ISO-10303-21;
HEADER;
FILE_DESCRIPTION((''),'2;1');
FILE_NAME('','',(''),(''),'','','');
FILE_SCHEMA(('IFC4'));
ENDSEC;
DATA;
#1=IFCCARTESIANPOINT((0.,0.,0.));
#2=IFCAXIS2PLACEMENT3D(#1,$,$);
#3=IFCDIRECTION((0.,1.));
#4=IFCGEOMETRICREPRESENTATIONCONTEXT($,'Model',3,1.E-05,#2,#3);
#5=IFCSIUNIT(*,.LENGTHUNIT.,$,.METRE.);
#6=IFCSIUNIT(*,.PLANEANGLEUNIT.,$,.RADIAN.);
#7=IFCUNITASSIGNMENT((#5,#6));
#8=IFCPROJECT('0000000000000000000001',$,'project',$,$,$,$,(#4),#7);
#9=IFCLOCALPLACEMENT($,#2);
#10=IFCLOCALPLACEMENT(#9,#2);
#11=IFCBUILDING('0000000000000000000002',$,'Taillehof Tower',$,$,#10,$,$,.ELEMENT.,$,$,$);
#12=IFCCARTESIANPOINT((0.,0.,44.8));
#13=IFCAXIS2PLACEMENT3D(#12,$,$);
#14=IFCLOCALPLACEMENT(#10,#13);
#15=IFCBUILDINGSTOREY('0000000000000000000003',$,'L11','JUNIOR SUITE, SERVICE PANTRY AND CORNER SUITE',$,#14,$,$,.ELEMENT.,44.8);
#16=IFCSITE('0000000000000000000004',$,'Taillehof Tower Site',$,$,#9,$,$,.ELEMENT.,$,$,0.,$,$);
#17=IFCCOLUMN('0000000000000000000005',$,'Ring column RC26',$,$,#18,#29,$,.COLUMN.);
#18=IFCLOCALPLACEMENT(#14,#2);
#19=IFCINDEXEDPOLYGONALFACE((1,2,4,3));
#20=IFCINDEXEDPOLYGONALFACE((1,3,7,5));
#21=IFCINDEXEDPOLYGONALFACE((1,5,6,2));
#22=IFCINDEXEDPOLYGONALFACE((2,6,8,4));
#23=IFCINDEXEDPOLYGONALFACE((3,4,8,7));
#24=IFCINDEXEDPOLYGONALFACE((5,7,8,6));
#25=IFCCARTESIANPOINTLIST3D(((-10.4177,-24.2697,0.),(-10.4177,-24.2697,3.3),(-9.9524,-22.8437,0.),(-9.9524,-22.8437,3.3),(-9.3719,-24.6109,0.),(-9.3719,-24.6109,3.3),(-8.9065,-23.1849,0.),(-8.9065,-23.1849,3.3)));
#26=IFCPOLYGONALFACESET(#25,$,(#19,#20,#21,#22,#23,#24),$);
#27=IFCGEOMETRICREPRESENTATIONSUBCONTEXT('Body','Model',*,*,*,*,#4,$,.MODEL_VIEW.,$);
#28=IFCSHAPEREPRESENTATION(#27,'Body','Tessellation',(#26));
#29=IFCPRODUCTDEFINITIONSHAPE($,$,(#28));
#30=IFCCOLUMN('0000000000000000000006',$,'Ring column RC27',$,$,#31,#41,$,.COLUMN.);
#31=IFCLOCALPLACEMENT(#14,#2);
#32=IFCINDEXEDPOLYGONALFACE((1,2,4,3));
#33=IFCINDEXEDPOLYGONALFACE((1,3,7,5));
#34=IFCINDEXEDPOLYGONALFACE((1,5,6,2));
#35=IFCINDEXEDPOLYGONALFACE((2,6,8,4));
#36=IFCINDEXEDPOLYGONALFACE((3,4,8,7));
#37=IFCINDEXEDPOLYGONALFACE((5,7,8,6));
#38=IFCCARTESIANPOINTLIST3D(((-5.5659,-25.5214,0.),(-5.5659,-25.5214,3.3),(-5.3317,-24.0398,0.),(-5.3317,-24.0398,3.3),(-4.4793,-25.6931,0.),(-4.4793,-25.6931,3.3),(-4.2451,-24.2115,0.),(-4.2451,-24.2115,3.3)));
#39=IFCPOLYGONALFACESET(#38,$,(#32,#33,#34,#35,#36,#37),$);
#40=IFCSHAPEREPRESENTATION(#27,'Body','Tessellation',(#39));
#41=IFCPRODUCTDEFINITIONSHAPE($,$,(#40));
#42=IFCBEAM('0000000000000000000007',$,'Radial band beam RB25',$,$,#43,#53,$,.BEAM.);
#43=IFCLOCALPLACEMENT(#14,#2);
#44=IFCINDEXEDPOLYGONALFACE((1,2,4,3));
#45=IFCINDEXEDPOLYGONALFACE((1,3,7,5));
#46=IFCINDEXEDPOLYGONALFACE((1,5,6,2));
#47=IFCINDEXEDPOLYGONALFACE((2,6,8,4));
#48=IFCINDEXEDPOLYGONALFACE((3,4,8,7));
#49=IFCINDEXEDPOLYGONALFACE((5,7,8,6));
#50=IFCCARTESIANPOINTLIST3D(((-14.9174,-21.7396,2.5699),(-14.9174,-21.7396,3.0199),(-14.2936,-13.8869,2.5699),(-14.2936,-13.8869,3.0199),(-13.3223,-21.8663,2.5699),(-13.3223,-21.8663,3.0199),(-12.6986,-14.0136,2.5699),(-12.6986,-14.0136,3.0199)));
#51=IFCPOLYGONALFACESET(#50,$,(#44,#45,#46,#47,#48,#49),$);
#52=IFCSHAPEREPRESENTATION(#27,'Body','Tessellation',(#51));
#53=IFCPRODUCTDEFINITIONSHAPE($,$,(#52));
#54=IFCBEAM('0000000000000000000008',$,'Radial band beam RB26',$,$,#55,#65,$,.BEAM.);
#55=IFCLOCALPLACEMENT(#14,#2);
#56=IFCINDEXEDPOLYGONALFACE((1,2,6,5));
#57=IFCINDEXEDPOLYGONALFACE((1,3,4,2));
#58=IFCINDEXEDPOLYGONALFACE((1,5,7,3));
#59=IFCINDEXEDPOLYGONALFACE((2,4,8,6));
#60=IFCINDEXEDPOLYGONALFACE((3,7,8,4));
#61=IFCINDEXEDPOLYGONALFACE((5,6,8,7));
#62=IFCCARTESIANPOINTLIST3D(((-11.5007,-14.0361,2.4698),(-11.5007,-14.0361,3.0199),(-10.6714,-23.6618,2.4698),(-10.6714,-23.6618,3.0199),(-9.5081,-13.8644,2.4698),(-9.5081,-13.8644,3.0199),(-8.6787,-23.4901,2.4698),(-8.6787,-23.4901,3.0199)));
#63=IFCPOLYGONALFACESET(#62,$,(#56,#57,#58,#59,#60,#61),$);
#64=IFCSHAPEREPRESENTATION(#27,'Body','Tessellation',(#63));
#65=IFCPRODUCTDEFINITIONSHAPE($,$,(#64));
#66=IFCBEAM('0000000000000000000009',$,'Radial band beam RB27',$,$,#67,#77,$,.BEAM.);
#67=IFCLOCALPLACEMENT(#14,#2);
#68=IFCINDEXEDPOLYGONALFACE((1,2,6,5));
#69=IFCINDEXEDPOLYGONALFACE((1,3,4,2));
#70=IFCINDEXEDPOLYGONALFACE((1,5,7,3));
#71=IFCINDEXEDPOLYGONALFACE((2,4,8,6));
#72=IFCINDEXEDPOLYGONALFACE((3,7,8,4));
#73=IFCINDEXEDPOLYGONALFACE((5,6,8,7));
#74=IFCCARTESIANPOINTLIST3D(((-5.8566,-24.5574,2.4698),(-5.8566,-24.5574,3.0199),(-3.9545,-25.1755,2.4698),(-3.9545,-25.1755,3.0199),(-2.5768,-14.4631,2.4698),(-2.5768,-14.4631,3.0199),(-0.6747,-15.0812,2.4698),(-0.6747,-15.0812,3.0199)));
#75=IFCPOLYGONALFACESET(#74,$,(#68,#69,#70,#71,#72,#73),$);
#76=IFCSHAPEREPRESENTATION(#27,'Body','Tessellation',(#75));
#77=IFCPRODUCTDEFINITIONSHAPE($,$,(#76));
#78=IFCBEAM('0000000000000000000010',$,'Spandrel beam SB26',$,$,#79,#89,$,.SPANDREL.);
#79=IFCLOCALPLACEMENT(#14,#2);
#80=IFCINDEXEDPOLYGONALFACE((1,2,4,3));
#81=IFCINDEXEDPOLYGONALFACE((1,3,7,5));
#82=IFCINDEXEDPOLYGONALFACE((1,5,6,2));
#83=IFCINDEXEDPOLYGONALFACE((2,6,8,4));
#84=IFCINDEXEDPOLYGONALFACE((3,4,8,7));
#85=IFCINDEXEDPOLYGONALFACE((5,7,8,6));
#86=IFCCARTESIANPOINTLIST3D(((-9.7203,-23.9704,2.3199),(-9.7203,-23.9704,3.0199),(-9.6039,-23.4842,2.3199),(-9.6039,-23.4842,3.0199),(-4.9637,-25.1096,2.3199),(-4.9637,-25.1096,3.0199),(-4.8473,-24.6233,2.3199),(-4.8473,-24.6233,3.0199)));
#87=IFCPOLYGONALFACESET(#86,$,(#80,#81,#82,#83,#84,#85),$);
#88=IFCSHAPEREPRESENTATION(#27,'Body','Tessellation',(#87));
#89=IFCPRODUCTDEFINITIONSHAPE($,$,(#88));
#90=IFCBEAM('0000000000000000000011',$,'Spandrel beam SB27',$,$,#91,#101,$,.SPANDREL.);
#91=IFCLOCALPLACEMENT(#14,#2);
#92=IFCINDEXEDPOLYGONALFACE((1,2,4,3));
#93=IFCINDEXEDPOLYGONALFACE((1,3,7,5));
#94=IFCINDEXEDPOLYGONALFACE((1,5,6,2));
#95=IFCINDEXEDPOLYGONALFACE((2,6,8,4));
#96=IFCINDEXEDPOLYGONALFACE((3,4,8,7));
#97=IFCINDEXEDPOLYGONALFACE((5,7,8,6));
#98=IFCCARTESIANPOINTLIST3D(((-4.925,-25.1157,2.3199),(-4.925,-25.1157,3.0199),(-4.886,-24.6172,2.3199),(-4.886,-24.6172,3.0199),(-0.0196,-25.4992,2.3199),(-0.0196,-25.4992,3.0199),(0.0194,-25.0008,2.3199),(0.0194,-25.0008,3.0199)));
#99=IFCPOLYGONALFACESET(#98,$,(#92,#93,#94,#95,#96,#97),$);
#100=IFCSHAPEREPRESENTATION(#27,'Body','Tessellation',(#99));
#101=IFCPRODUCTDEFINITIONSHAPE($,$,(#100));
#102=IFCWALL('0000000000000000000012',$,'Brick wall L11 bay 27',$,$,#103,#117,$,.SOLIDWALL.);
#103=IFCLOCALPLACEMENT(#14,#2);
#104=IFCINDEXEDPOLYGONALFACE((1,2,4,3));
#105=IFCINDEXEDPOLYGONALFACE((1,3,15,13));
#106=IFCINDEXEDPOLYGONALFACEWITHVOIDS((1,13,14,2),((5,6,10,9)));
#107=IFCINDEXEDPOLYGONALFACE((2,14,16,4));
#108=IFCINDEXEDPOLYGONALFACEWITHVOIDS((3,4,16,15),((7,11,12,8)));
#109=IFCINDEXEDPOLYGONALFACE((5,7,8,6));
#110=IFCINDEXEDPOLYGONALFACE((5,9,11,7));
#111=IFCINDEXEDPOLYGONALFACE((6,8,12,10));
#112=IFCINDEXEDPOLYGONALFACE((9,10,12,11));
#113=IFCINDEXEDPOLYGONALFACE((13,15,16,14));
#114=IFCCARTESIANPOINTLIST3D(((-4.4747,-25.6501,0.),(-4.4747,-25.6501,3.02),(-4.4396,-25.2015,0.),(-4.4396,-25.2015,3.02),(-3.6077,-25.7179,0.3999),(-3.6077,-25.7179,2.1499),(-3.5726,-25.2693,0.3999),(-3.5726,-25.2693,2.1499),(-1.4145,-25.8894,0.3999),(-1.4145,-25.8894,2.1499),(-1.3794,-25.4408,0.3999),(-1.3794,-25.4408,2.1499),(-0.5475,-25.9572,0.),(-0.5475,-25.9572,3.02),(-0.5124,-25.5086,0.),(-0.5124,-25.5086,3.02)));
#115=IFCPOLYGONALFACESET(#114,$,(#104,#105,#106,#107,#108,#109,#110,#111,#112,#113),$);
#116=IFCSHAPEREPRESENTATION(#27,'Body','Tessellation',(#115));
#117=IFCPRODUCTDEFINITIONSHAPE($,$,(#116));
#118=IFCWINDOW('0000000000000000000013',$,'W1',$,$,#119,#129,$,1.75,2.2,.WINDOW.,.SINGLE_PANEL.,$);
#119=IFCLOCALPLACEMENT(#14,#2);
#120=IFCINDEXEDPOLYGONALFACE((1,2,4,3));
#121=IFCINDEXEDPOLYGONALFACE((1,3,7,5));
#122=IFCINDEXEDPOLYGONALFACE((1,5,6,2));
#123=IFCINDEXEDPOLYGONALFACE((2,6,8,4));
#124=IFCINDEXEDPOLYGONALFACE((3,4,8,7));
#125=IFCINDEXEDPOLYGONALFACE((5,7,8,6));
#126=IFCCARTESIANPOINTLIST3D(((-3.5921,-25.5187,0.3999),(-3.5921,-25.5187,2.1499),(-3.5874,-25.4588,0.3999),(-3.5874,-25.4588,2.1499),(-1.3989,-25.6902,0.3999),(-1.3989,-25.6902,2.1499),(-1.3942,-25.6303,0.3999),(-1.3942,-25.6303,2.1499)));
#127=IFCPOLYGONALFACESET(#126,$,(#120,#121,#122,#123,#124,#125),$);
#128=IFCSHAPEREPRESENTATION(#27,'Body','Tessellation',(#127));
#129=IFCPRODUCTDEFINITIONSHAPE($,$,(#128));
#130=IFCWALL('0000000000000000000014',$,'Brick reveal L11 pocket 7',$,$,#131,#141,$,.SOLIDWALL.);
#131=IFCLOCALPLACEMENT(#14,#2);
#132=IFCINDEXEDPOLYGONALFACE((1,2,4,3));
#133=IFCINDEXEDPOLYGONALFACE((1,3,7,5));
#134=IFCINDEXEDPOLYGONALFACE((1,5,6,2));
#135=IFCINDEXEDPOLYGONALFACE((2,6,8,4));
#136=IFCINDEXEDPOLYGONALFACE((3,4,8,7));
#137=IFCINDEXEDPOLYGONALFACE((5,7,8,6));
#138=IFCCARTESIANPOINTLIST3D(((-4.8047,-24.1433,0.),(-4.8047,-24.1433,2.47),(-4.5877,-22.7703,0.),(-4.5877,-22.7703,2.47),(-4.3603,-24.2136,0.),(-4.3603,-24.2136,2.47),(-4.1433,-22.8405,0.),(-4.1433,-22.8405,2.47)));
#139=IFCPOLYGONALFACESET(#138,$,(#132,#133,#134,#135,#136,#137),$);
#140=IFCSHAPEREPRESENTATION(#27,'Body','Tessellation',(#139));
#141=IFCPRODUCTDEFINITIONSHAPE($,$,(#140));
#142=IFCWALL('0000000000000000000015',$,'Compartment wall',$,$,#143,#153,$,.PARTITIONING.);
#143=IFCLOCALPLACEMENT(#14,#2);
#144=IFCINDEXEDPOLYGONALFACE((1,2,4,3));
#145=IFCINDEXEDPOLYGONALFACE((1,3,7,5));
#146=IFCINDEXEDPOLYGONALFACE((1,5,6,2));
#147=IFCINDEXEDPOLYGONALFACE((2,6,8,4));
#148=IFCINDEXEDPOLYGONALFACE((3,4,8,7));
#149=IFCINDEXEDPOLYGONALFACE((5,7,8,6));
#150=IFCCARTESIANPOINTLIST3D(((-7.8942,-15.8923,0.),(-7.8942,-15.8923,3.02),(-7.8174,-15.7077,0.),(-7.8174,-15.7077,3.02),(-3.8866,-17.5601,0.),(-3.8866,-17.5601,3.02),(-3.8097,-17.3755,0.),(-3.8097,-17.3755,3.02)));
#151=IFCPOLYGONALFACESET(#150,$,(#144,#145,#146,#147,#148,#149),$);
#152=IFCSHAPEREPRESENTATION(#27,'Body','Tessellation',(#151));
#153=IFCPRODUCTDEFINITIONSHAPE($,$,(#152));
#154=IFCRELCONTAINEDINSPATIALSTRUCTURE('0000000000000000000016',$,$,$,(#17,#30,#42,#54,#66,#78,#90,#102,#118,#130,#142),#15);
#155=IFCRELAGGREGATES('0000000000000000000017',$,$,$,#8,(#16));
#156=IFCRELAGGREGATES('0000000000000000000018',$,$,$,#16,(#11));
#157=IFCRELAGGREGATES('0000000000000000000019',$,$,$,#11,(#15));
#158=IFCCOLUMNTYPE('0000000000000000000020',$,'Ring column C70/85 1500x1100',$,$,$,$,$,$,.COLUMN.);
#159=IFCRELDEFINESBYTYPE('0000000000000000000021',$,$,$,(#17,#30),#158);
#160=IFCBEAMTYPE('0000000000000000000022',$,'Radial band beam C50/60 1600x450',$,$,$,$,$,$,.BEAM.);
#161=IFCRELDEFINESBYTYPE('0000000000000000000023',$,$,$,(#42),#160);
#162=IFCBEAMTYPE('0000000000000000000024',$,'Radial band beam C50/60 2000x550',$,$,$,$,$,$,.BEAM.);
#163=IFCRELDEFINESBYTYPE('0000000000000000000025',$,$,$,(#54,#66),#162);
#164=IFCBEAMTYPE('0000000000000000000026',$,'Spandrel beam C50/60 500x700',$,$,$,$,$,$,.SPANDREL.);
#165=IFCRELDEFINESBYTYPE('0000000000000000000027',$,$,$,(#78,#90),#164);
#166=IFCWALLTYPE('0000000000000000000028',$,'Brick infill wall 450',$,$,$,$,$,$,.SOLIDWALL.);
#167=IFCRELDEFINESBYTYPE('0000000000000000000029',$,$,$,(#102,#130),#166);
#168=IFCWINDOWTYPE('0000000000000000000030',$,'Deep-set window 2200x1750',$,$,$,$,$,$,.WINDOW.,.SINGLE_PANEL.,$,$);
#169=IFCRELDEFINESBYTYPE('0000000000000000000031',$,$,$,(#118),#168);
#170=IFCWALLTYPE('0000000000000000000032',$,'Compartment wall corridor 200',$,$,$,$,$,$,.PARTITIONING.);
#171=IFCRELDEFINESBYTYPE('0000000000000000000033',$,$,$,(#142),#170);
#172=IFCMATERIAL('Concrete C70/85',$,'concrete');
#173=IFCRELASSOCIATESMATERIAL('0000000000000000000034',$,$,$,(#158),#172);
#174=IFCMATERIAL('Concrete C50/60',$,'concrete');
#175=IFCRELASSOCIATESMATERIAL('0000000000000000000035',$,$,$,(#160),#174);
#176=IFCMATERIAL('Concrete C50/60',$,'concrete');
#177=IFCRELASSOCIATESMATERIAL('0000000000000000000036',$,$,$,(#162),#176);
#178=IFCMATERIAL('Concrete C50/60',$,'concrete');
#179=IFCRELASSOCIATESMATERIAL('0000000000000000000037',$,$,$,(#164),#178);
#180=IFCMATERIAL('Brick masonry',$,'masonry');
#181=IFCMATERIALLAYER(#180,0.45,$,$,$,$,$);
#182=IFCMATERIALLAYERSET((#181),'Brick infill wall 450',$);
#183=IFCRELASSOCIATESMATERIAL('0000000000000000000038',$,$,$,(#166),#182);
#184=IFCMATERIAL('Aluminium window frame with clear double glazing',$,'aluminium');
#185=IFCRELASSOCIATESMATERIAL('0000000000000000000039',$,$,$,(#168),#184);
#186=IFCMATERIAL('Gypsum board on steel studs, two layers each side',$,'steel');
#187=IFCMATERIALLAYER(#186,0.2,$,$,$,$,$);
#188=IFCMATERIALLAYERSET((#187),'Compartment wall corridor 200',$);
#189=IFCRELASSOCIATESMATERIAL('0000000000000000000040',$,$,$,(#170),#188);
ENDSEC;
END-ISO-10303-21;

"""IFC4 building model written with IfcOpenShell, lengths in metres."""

from ifc_helpers import new_model, si_unit, direction, frame, frame_2d, origin, origin_2d, place, context, subcontext, project, spatial, rectangle, extrude, material, layer, layer_set, material_profile, profile_set, type_object, element, fill, save


model = new_model("IFC4")

# Units and contexts
model_context = context("Model", 3, precision=1e-05, world=origin(), true_north=direction((0.0, 1.0)))
body_context = subcontext(model_context, "Body", "Model", "MODEL_VIEW")
ifc_project = project(units=[si_unit("LENGTHUNIT", "METRE"), si_unit("PLANEANGLEUNIT", "RADIAN")], contexts=[model_context])

# Site, building, storey
site_placement = place(None, origin())
site = spatial("IfcSite", under=ifc_project, at=site_placement, Name="Taillehof Tower Site", CompositionType="ELEMENT", RefElevation=0.0)
building_placement = place(site_placement, origin())
building = spatial("IfcBuilding", under=site, at=building_placement, Name="Taillehof Tower", CompositionType="ELEMENT")
storey_placement = place(building_placement, frame((0.0, 0.0, 44.8)))
storey = spatial("IfcBuildingStorey", under=building, at=storey_placement, Name="L11", Description="JUNIOR SUITE, SERVICE PANTRY AND CORNER SUITE", CompositionType="ELEMENT", Elevation=44.8)

# Columns
ifc_material_1 = material(Name="Concrete C70/85", Category="concrete")
ifc_material_profile_1 = material_profile(ifc_material_1, rectangle(XDim=1.5, YDim=1.1001, at=origin_2d()), Name="RC 1500x1100")
ifc_profile_set_1 = profile_set([ifc_material_profile_1], Name="Concrete C70/85")
column_type = type_object("IfcColumnType", Name="Ring column C70/85 1500x1100", PredefinedType="COLUMN", material=ifc_profile_set_1)
for number, where, z_axis, x_axis, name in (
    (1, (-9.6621, -23.7273, 0.0), (0.0, 0.0, 1.0), (-0.310219, -0.950665, 0.0), "Ring column RC26"),
    (2, (-4.9055, -24.8665, 0.0), (0.0, 0.0, 1.0), (-0.156147, -0.987734, 0.0), "Ring column RC27"),
):
    element("IfcColumn", number, at=place(storey_placement, frame(where, z_axis=z_axis, x_axis=x_axis)), inside=storey, type_object=column_type, Name=name, PredefinedType="COLUMN", context=body_context, shape_type="SweptSolid", body=[
        extrude(rectangle(XDim=1.5, YDim=1.1001, at=origin_2d()), origin(), (0.0, 0.0, 1.0), 3.3),
    ])

# Beams
ifc_material_2 = material(Name="Concrete C50/60", Category="concrete")
ifc_material_profile_2 = material_profile(ifc_material_2, rectangle(XDim=1.6001, YDim=0.45, at=origin_2d()), Name="RC 1600x450")
ifc_profile_set_2 = profile_set([ifc_material_profile_2], Name="Concrete C50/60")
beam_type_1 = type_object("IfcBeamType", Name="Radial band beam C50/60 1600x450", PredefinedType="BEAM", material=ifc_profile_set_2)
beam_1_placement = place(storey_placement, frame((-14.1199, -21.803, 2.7949), z_axis=(0.079185, 0.99686, 0.0), x_axis=(-0.99686, 0.079185, 0.0)))
element("IfcBeam", 3, at=beam_1_placement, inside=storey, type_object=beam_type_1, Name="Radial band beam RB25", PredefinedType="BEAM", context=body_context, shape_type="SweptSolid", body=[
    extrude(rectangle(XDim=1.6001, YDim=0.45, at=origin_2d()), origin(), (0.0, 0.0, 1.0), 7.8774),
])
ifc_material_3 = material(Name="Concrete C50/60", Category="concrete")
ifc_material_profile_3 = material_profile(ifc_material_3, rectangle(XDim=2.0, YDim=0.55, at=origin_2d()), Name="RC 2000x550")
ifc_profile_set_3 = profile_set([ifc_material_profile_3], Name="Concrete C50/60")
beam_type_2 = type_object("IfcBeamType", Name="Radial band beam C50/60 2000x550", PredefinedType="BEAM", material=ifc_profile_set_3)
beam_2_placement = place(storey_placement, frame((-9.675, -23.5759, 2.7449), z_axis=(-0.085841, 0.996309, 0.0), x_axis=(-0.996309, -0.085841, 0.0)))
element("IfcBeam", 4, at=beam_2_placement, inside=storey, type_object=beam_type_2, Name="Radial band beam RB26", PredefinedType="BEAM", context=body_context, shape_type="SweptSolid", body=[
    extrude(rectangle(XDim=2.0, YDim=0.55, at=origin_2d()), origin(), (0.0, 0.0, 1.0), 9.6614),
])
beam_3_placement = place(storey_placement, frame((-4.9055, -24.8665, 2.7449), z_axis=(0.309014, 0.951057, 0.0), x_axis=(-0.951057, 0.309014, 0.0)))
element("IfcBeam", 5, at=beam_3_placement, inside=storey, type_object=beam_type_2, Name="Radial band beam RB27", PredefinedType="BEAM", context=body_context, shape_type="SweptSolid", body=[
    extrude(rectangle(XDim=2.0, YDim=0.55, at=origin_2d()), origin(), (0.0, 0.0, 1.0), 10.6138),
])
ifc_material_4 = material(Name="Concrete C50/60", Category="concrete")
ifc_material_profile_4 = material_profile(ifc_material_4, rectangle(XDim=0.5, YDim=0.7, at=origin_2d()), Name="RC 500x700")
ifc_profile_set_4 = profile_set([ifc_material_profile_4], Name="Concrete C50/60")
beam_type_3 = type_object("IfcBeamType", Name="Spandrel beam C50/60 500x700", PredefinedType="SPANDREL", material=ifc_profile_set_4)
beam_4_placement = place(storey_placement, frame((-9.6621, -23.7273, 2.6699), z_axis=(0.9725, -0.232905, 0.0), x_axis=(0.232905, 0.9725, 0.0)))
element("IfcBeam", 6, at=beam_4_placement, inside=storey, type_object=beam_type_3, Name="Spandrel beam SB26", PredefinedType="SPANDREL", context=body_context, shape_type="SweptSolid", body=[
    extrude(rectangle(XDim=0.5, YDim=0.7, at=origin_2d()), origin(), (0.0, 0.0, 1.0), 4.8911),
])
beam_5_placement = place(storey_placement, frame((-4.9055, -24.8665, 2.6699), z_axis=(0.996957, -0.077949, 0.0), x_axis=(0.077949, 0.996957, 0.0)))
element("IfcBeam", 7, at=beam_5_placement, inside=storey, type_object=beam_type_3, Name="Spandrel beam SB27", PredefinedType="SPANDREL", context=body_context, shape_type="SweptSolid", body=[
    extrude(rectangle(XDim=0.5, YDim=0.7, at=origin_2d()), origin(), (0.0, 0.0, 1.0), 4.9204),
])

# Wall, opening, window
ifc_material_5 = material(Name="Brick masonry", Category="masonry")
ifc_layer_1 = layer(ifc_material_5, 0.45)
ifc_layer_set_1 = layer_set([ifc_layer_1], Name="Brick infill wall 450")
wall_type_1 = type_object("IfcWallType", Name="Brick infill wall 450", PredefinedType="SOLIDWALL", material=ifc_layer_set_1)
wall_1_placement = place(storey_placement, frame((-4.4573, -25.4258, 0.0), z_axis=(0.0, 0.0, 1.0), x_axis=(0.996956, -0.077967, 0.0)))
wall_1 = element("IfcWall", 8, at=wall_1_placement, inside=storey, type_object=wall_type_1, Name="Brick wall L11 bay 27", PredefinedType="SOLIDWALL", context=body_context, shape_type="SweptSolid", body=[
    extrude(rectangle(XDim=3.9392, YDim=0.45, at=frame_2d((1.9697, 0.0))), origin(), (0.0, 0.0, 1.0), 3.02),
])
opening_1_placement = place(wall_1_placement, frame((0.8696, 0.0, 0.3999)))
opening_1 = element("IfcOpeningElement", 9, at=opening_1_placement, cuts=wall_1, PredefinedType="OPENING", context=body_context, shape_type="SweptSolid", body=[
    extrude(rectangle(XDim=2.2, YDim=1.75, at=frame_2d((1.1001, 0.875))), frame((0.0, 0.2349, 0.0), z_axis=(0.0, -1.0, 0.0), x_axis=(1.0, 0.0, 0.0)), (0.0, 0.0, 1.0), 0.47),
])
ifc_material_6 = material(Name="Aluminium window frame with clear double glazing", Category="aluminium")
window_type_1 = type_object("IfcWindowType", Name="Deep-set window 2200x1750", PartitioningType="SINGLE_PANEL", PredefinedType="WINDOW", material=ifc_material_6)
window_1_placement = place(opening_1_placement, origin())
window_1 = element("IfcWindow", 10, at=window_1_placement, inside=storey, type_object=window_type_1, Name="W1", OverallHeight=1.75, OverallWidth=2.2, PartitioningType="SINGLE_PANEL", PredefinedType="WINDOW", context=body_context, shape_type="SweptSolid", body=[
    extrude(rectangle(XDim=2.2, YDim=1.75, at=frame_2d((1.1001, 0.875))), frame((0.0, 0.0349, 0.0), z_axis=(0.0, -1.0, 0.0), x_axis=(1.0, 0.0, 0.0)), (0.0, 0.0, 1.0), 0.0601),
])
fill(opening_1, window_1)

# Wall
wall_2_placement = place(storey_placement, frame((-4.5825, -24.1785, 0.0), z_axis=(0.0, 0.0, 1.0), x_axis=(0.156134, 0.987736, 0.0)))
element("IfcWall", 11, at=wall_2_placement, inside=storey, type_object=wall_type_1, Name="Brick reveal L11 pocket 7", PredefinedType="SOLIDWALL", context=body_context, shape_type="SweptSolid", body=[
    extrude(rectangle(XDim=1.3901, YDim=0.45, at=frame_2d((0.6951, 0.0))), origin(), (0.0, 0.0, 1.0), 2.47),
])

# Wall
ifc_material_7 = material(Name="Gypsum board on steel studs, two layers each side", Category="steel")
ifc_layer_2 = layer(ifc_material_7, 0.2)
ifc_layer_set_2 = layer_set([ifc_layer_2], Name="Compartment wall corridor 200")
wall_type_2 = type_object("IfcWallType", Name="Compartment wall corridor 200", PredefinedType="PARTITIONING", material=ifc_layer_set_2)
wall_3_placement = place(storey_placement, frame((-3.8481, -17.4678, 0.0), z_axis=(0.0, 0.0, 1.0), x_axis=(-0.923248, 0.384204, 0.0)))
element("IfcWall", 12, at=wall_3_placement, inside=storey, type_object=wall_type_2, Name="Compartment wall", PredefinedType="PARTITIONING", context=body_context, shape_type="SweptSolid", body=[
    extrude(rectangle(XDim=4.3408, YDim=0.2, at=frame_2d((2.1704, 0.0))), origin(), (0.0, 0.0, 1.0), 3.02),
])

save(model, "model.ifc")
